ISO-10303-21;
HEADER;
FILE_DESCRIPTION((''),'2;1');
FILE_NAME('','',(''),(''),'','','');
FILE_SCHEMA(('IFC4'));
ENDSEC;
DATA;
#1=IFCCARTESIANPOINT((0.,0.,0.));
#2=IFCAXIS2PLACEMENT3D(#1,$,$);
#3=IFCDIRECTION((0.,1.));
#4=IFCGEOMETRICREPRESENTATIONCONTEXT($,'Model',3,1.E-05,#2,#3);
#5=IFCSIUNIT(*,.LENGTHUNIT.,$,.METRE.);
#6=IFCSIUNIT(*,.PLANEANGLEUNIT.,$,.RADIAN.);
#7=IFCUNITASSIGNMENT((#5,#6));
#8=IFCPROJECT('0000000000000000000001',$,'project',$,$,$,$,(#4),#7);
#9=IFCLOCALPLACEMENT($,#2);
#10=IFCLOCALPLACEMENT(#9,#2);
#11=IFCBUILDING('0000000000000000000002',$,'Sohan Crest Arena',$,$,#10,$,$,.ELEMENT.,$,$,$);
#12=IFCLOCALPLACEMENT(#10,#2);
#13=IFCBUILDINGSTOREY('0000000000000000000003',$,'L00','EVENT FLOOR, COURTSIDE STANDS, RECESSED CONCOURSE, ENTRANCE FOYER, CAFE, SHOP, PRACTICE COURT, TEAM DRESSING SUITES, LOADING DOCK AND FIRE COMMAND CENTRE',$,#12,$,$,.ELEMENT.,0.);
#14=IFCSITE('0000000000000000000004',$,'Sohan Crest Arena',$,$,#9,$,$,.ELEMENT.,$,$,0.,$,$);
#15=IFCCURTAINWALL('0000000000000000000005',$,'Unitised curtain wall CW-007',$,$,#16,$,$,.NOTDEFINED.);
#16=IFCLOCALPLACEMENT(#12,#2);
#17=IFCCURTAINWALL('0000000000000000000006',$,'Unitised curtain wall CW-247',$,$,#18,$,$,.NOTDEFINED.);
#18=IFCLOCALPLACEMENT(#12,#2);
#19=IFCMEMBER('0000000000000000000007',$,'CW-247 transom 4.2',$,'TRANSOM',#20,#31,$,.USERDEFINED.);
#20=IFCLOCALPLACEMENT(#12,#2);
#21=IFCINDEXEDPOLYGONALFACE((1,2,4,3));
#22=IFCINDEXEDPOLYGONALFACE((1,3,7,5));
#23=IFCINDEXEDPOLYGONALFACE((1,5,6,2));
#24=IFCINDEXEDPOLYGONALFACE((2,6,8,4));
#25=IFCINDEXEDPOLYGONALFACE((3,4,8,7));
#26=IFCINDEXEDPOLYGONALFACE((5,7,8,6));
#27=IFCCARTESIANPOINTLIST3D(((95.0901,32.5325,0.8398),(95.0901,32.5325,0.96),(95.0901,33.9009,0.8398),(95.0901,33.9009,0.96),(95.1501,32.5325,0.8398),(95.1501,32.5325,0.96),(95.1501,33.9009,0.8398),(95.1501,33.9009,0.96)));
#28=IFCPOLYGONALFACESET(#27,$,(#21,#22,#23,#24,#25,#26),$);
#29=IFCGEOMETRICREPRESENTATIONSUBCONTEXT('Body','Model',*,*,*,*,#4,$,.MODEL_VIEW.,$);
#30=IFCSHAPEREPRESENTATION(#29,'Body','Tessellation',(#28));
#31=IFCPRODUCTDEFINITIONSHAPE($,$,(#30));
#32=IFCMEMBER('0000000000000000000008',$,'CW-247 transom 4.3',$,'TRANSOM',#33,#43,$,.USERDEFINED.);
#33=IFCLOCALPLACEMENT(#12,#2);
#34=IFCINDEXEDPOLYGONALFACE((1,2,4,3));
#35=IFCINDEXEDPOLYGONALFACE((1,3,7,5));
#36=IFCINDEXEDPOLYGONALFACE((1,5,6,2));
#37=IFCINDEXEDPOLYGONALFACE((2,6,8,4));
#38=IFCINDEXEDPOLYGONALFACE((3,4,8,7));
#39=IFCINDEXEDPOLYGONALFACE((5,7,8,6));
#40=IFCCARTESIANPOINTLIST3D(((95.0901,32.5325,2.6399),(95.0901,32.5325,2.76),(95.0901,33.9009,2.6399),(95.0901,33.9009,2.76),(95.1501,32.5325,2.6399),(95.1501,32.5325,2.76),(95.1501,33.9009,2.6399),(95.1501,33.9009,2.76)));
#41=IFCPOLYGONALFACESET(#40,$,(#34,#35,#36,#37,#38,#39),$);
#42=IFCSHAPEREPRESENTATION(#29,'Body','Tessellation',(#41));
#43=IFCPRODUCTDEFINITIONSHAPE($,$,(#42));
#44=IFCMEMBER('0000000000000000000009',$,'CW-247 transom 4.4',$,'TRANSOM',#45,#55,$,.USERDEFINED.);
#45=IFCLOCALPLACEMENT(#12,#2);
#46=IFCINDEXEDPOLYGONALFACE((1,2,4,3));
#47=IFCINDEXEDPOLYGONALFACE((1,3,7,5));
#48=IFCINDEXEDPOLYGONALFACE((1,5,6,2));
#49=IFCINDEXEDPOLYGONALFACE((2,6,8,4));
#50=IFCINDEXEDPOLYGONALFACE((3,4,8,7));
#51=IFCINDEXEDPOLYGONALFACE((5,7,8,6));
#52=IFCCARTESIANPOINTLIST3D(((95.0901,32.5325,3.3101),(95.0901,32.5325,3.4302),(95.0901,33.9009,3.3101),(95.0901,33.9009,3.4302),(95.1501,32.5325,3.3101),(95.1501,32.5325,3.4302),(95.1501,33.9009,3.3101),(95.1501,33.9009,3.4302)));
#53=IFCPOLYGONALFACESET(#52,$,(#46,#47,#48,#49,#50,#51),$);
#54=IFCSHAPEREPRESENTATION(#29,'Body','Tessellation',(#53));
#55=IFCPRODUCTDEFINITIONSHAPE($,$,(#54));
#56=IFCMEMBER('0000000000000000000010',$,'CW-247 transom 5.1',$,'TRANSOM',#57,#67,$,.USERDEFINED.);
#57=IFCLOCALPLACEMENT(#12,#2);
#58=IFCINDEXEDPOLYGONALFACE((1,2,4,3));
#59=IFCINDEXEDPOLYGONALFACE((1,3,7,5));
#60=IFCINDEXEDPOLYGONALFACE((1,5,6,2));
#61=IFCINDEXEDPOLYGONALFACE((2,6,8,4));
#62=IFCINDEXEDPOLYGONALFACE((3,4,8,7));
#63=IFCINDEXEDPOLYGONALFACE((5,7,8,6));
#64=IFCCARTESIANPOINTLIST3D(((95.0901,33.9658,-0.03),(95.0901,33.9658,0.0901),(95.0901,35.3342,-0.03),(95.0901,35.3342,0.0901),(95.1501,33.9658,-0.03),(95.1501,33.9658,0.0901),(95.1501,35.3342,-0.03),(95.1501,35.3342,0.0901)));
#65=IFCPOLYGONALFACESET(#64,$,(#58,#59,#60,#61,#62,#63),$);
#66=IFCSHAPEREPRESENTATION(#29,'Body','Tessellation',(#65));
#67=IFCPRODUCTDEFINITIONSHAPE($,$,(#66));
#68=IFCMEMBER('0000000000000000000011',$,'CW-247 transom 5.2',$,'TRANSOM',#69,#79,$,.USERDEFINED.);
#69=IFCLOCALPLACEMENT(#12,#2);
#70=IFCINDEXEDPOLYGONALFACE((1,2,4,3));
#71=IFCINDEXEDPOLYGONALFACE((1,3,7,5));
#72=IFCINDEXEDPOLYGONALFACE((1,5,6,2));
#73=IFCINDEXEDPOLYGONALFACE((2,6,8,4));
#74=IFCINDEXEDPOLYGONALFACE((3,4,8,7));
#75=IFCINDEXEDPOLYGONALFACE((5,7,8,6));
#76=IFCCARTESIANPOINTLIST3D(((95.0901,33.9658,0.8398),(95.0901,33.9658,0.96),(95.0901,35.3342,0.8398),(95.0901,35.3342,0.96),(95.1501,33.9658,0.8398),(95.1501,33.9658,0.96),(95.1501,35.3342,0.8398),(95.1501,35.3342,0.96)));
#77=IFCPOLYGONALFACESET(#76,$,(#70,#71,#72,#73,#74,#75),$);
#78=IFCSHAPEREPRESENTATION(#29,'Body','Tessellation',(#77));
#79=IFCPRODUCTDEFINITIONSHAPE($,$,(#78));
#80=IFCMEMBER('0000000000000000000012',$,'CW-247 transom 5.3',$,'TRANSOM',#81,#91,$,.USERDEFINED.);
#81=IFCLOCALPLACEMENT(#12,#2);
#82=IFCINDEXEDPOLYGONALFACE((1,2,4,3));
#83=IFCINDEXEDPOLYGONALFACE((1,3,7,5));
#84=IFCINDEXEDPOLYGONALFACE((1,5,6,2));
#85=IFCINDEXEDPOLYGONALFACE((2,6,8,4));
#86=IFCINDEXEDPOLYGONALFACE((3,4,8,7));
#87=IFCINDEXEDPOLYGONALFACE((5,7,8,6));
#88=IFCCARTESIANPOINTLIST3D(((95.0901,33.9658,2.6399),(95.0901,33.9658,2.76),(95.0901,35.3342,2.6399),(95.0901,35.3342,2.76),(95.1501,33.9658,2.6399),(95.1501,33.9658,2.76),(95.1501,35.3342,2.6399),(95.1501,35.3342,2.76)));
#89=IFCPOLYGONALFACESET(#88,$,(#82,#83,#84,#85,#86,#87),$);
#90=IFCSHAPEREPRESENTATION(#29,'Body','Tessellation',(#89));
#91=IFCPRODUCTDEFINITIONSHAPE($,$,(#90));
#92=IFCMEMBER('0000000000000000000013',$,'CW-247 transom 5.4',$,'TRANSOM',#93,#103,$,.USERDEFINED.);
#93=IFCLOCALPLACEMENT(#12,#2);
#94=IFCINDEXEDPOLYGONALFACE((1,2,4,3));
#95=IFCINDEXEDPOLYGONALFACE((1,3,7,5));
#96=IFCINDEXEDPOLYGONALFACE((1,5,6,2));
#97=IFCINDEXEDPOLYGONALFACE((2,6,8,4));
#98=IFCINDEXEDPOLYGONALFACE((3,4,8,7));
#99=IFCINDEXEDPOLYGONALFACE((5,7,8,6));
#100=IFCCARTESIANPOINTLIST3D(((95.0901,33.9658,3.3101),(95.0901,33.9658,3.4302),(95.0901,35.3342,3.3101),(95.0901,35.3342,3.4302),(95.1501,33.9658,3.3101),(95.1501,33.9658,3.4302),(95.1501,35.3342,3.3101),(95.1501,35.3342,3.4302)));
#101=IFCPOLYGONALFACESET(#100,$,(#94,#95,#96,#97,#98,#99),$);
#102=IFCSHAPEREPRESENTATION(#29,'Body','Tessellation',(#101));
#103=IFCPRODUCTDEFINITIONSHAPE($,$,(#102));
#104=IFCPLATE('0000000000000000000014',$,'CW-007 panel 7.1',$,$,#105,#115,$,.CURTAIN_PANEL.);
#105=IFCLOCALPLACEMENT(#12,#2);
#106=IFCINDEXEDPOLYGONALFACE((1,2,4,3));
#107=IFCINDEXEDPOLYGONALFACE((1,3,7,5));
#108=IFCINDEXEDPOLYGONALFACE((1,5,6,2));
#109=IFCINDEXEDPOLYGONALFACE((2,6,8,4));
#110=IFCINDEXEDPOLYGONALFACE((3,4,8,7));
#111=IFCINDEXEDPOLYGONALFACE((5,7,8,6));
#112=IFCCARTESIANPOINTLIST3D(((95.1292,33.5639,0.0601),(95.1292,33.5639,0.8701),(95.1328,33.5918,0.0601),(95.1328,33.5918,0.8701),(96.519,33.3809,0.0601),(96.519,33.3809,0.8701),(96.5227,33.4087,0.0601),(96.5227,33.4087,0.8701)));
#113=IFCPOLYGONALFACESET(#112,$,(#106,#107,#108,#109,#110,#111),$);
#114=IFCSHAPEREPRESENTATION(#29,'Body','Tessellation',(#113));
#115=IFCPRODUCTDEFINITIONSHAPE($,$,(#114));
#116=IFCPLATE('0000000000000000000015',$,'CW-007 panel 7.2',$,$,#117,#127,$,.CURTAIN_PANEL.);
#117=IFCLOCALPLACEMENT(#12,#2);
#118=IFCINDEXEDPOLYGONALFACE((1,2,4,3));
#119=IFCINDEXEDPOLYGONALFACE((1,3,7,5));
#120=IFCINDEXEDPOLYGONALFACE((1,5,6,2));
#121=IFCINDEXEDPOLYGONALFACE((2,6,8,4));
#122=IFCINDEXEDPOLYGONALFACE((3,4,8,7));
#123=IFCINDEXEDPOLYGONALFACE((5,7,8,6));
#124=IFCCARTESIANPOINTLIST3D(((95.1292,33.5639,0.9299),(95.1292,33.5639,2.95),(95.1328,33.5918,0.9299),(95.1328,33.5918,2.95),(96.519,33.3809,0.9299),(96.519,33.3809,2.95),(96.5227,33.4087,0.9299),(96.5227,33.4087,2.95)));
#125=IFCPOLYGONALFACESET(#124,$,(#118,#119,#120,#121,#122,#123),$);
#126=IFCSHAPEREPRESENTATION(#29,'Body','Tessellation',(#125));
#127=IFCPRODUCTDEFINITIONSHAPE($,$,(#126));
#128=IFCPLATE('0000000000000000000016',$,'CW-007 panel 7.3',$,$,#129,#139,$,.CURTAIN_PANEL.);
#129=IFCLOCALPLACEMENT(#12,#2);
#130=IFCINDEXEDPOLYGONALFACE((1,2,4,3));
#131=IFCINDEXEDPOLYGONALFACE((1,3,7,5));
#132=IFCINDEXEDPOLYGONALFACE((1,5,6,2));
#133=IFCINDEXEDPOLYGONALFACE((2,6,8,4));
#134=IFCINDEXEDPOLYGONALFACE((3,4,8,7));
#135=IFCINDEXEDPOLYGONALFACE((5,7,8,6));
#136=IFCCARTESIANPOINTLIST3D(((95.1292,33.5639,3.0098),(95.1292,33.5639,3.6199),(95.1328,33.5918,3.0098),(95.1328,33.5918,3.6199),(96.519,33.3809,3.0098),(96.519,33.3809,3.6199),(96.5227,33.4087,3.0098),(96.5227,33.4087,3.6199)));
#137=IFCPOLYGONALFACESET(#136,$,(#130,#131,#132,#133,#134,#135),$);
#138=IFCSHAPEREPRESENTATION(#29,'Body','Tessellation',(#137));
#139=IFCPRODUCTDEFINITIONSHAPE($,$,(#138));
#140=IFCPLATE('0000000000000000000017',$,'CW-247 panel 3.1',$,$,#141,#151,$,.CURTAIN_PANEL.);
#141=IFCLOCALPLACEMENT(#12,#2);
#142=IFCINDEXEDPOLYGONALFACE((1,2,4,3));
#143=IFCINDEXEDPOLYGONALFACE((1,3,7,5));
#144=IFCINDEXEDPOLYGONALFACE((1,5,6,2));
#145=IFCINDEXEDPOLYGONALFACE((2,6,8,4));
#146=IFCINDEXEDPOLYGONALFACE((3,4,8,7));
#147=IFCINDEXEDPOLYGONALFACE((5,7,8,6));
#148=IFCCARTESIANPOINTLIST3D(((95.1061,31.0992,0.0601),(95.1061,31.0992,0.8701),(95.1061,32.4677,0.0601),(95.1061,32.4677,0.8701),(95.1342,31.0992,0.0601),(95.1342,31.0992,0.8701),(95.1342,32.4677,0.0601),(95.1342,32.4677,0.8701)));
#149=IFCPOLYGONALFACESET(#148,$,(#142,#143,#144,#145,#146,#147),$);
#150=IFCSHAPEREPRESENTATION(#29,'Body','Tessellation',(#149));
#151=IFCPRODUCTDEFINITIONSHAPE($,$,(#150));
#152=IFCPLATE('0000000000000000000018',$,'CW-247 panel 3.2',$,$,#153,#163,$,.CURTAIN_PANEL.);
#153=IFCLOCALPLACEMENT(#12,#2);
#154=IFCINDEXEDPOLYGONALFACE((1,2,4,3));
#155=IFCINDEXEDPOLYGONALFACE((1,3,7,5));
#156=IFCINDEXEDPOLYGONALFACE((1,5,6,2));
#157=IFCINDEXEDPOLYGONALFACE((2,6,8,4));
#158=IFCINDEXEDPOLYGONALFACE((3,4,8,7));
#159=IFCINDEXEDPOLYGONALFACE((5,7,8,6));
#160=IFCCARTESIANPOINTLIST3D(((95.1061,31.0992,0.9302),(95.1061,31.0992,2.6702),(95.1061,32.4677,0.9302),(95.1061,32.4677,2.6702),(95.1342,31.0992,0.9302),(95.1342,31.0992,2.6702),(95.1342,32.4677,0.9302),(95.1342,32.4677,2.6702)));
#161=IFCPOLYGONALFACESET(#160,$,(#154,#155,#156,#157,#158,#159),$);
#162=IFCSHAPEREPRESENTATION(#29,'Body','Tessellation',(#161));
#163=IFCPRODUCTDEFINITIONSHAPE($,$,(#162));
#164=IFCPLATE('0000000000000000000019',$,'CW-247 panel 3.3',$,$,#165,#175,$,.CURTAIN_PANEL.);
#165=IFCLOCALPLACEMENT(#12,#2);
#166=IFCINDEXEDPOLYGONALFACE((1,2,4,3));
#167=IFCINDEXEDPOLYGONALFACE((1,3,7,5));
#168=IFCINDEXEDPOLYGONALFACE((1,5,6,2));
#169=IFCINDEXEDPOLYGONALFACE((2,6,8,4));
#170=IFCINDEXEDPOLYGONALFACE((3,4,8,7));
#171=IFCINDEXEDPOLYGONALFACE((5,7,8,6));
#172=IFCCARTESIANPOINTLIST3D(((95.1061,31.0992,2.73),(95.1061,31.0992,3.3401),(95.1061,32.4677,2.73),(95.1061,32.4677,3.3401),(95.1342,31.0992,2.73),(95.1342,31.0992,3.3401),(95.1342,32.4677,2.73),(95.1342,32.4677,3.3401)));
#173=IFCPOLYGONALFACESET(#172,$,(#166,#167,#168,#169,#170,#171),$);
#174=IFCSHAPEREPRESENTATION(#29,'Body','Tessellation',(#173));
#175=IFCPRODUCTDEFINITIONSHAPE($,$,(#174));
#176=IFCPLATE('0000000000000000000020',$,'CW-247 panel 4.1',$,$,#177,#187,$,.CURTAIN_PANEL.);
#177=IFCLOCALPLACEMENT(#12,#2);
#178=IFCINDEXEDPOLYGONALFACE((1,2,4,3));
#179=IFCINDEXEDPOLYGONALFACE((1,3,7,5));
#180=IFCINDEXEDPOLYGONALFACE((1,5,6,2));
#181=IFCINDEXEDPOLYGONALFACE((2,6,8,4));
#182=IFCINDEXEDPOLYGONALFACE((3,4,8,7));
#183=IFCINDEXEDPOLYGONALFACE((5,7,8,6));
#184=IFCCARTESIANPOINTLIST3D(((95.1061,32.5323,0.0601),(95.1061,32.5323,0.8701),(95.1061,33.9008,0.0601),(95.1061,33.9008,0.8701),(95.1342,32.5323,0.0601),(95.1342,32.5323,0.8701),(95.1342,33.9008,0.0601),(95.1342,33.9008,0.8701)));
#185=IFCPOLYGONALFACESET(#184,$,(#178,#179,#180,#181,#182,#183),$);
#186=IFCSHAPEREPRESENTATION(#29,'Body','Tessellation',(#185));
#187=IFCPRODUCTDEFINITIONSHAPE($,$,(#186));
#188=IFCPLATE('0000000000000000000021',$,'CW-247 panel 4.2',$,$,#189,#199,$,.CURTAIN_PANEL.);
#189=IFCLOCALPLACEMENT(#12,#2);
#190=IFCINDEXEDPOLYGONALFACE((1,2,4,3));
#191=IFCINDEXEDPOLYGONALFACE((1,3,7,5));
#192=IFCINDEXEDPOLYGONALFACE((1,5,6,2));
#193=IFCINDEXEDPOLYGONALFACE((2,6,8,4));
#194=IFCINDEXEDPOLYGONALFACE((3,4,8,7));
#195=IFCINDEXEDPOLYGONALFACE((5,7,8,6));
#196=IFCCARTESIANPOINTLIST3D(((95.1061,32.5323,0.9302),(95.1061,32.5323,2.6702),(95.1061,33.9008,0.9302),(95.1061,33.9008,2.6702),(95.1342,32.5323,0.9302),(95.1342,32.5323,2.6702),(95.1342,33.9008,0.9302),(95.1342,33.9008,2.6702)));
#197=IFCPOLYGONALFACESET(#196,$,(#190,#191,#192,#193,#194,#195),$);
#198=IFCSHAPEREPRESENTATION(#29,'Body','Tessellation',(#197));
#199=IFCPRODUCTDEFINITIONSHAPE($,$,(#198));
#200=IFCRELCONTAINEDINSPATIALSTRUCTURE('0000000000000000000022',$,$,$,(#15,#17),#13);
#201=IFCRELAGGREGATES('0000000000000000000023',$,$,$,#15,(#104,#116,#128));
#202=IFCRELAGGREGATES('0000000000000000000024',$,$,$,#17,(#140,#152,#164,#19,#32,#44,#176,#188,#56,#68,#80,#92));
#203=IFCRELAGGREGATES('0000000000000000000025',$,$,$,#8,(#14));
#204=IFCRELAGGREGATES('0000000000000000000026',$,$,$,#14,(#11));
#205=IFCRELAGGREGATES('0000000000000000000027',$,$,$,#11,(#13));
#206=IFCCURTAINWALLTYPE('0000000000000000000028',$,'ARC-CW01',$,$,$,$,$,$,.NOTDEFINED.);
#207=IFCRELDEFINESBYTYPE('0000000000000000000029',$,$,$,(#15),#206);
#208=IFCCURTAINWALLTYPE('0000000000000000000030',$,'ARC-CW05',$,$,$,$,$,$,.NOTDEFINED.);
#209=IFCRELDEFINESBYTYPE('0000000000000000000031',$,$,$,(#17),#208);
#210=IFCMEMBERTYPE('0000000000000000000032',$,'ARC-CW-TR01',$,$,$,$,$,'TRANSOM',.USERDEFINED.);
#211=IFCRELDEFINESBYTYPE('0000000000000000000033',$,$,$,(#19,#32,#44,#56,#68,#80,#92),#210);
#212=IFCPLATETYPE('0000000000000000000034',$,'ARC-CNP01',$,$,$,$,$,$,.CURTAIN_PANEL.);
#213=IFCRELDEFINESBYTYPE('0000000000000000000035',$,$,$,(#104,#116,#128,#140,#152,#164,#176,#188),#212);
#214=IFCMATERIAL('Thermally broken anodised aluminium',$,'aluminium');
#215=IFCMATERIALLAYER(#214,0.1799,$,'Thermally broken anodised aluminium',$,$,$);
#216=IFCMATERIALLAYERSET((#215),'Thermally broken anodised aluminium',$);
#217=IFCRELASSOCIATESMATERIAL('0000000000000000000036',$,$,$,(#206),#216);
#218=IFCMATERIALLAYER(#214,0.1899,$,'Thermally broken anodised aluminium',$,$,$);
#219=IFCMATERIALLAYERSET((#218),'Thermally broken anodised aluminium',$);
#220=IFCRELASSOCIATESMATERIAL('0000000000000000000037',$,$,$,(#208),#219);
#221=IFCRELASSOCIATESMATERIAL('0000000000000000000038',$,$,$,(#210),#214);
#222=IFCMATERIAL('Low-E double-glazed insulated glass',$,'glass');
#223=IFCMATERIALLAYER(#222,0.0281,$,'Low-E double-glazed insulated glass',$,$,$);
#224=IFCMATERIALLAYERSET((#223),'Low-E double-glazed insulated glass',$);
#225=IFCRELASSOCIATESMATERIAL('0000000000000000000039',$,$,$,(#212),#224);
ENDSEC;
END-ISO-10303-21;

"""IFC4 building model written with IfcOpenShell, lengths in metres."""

from ifc_helpers import new_model, si_unit, direction, frame, origin, origin_2d, place, context, subcontext, project, spatial, rectangle, extrude, material, layer, layer_set, material_profile, profile_set, type_object, element, aggregate, save


model = new_model("IFC4")

# Units and contexts
model_context = context("Model", 3, precision=1e-05, world=origin(), true_north=direction((0.0, 1.0)))
body_context = subcontext(model_context, "Body", "Model", "MODEL_VIEW")
ifc_project = project(units=[si_unit("LENGTHUNIT", "METRE"), si_unit("PLANEANGLEUNIT", "RADIAN")], contexts=[model_context])

# Site, building, storey
site_placement = place(None, origin())
site = spatial("IfcSite", under=ifc_project, at=site_placement, Name="Sohan Crest Arena", CompositionType="ELEMENT", RefElevation=0.0)
building_placement = place(site_placement, origin())
building = spatial("IfcBuilding", under=site, at=building_placement, Name="Sohan Crest Arena", CompositionType="ELEMENT")
storey_placement = place(building_placement, origin())
storey = spatial("IfcBuildingStorey", under=building, at=storey_placement, Name="L00", Description="EVENT FLOOR, COURTSIDE STANDS, RECESSED CONCOURSE, ENTRANCE FOYER, CAFE, SHOP, PRACTICE COURT, TEAM DRESSING SUITES, LOADING DOCK AND FIRE COMMAND CENTRE", CompositionType="ELEMENT", Elevation=0.0)

# Curtain wall
ifc_material_1 = material(Name="Thermally broken anodised aluminium", Category="aluminium")
ifc_layer_1 = layer(ifc_material_1, 0.1799, Name="Thermally broken anodised aluminium")
ifc_layer_set_1 = layer_set([ifc_layer_1], Name="Thermally broken anodised aluminium")
curtain_wall_type_1 = type_object("IfcCurtainWallType", Name="ARC-CW01", PredefinedType="NOTDEFINED", material=ifc_layer_set_1)
curtain_wall_1_placement = place(storey_placement, origin())
curtain_wall_1 = element("IfcCurtainWall", 1, at=curtain_wall_1_placement, inside=storey, type_object=curtain_wall_type_1, Name="Unitised curtain wall CW-007", PredefinedType="NOTDEFINED")

# Curtain wall
ifc_layer_2 = layer(ifc_material_1, 0.1899, Name="Thermally broken anodised aluminium")
ifc_layer_set_2 = layer_set([ifc_layer_2], Name="Thermally broken anodised aluminium")
curtain_wall_type_2 = type_object("IfcCurtainWallType", Name="ARC-CW05", PredefinedType="NOTDEFINED", material=ifc_layer_set_2)
curtain_wall_2_placement = place(storey_placement, origin())
curtain_wall_2 = element("IfcCurtainWall", 2, at=curtain_wall_2_placement, inside=storey, type_object=curtain_wall_type_2, Name="Unitised curtain wall CW-247", PredefinedType="NOTDEFINED")

# Members
ifc_material_profile_1 = material_profile(ifc_material_1, rectangle(XDim=0.0601, YDim=0.1201, at=origin_2d()), Name="ALU-TRAN 60x120")
ifc_profile_set_1 = profile_set([ifc_material_profile_1], Name="Thermally broken anodised aluminium")
member_type_1 = type_object("IfcMemberType", Name="ARC-CW-TR01", ElementType="TRANSOM", PredefinedType="USERDEFINED", material=ifc_profile_set_1)
member_1_placement = place(storey_placement, frame((95.1201, 32.5325, 0.8999), z_axis=(0.0, 1.0, 0.0), x_axis=(-1.0, 0.0, 0.0)))
member_1 = element("IfcMember", 3, at=member_1_placement, type_object=member_type_1, Name="CW-247 transom 4.2", ObjectType="TRANSOM", PredefinedType="USERDEFINED", context=body_context, shape_type="SweptSolid", body=[
    extrude(rectangle(XDim=0.0601, YDim=0.1201, at=origin_2d()), origin(), (0.0, 0.0, 1.0), 1.3684),
])
member_2_placement = place(storey_placement, frame((95.1201, 32.5325, 2.7), z_axis=(0.0, 1.0, 0.0), x_axis=(-1.0, 0.0, 0.0)))
member_2 = element("IfcMember", 4, at=member_2_placement, type_object=member_type_1, Name="CW-247 transom 4.3", ObjectType="TRANSOM", PredefinedType="USERDEFINED", context=body_context, shape_type="SweptSolid", body=[
    extrude(rectangle(XDim=0.0601, YDim=0.1201, at=origin_2d()), origin(), (0.0, 0.0, 1.0), 1.3684),
])
member_3_placement = place(storey_placement, frame((95.1201, 32.5325, 3.3701), z_axis=(0.0, 1.0, 0.0), x_axis=(-1.0, 0.0, 0.0)))
member_3 = element("IfcMember", 5, at=member_3_placement, type_object=member_type_1, Name="CW-247 transom 4.4", ObjectType="TRANSOM", PredefinedType="USERDEFINED", context=body_context, shape_type="SweptSolid", body=[
    extrude(rectangle(XDim=0.0601, YDim=0.1201, at=origin_2d()), origin(), (0.0, 0.0, 1.0), 1.3684),
])
member_4_placement = place(storey_placement, frame((95.1201, 33.9658, 0.03), z_axis=(0.0, 1.0, 0.0), x_axis=(-1.0, 0.0, 0.0)))
member_4 = element("IfcMember", 6, at=member_4_placement, type_object=member_type_1, Name="CW-247 transom 5.1", ObjectType="TRANSOM", PredefinedType="USERDEFINED", context=body_context, shape_type="SweptSolid", body=[
    extrude(rectangle(XDim=0.0601, YDim=0.1201, at=origin_2d()), origin(), (0.0, 0.0, 1.0), 1.3684),
])
member_5_placement = place(storey_placement, frame((95.1201, 33.9658, 0.8999), z_axis=(0.0, 1.0, 0.0), x_axis=(-1.0, 0.0, 0.0)))
member_5 = element("IfcMember", 7, at=member_5_placement, type_object=member_type_1, Name="CW-247 transom 5.2", ObjectType="TRANSOM", PredefinedType="USERDEFINED", context=body_context, shape_type="SweptSolid", body=[
    extrude(rectangle(XDim=0.0601, YDim=0.1201, at=origin_2d()), origin(), (0.0, 0.0, 1.0), 1.3684),
])
member_6_placement = place(storey_placement, frame((95.1201, 33.9658, 2.7), z_axis=(0.0, 1.0, 0.0), x_axis=(-1.0, 0.0, 0.0)))
member_6 = element("IfcMember", 8, at=member_6_placement, type_object=member_type_1, Name="CW-247 transom 5.3", ObjectType="TRANSOM", PredefinedType="USERDEFINED", context=body_context, shape_type="SweptSolid", body=[
    extrude(rectangle(XDim=0.0601, YDim=0.1201, at=origin_2d()), origin(), (0.0, 0.0, 1.0), 1.3684),
])
member_7_placement = place(storey_placement, frame((95.1201, 33.9658, 3.3701), z_axis=(0.0, 1.0, 0.0), x_axis=(-1.0, 0.0, 0.0)))
member_7 = element("IfcMember", 9, at=member_7_placement, type_object=member_type_1, Name="CW-247 transom 5.4", ObjectType="TRANSOM", PredefinedType="USERDEFINED", context=body_context, shape_type="SweptSolid", body=[
    extrude(rectangle(XDim=0.0601, YDim=0.1201, at=origin_2d()), origin(), (0.0, 0.0, 1.0), 1.3684),
])

# Plates
ifc_material_2 = material(Name="Low-E double-glazed insulated glass", Category="glass")
ifc_layer_3 = layer(ifc_material_2, 0.0281, Name="Low-E double-glazed insulated glass")
ifc_layer_set_3 = layer_set([ifc_layer_3], Name="Low-E double-glazed insulated glass")
plate_type = type_object("IfcPlateType", Name="ARC-CNP01", PredefinedType="CURTAIN_PANEL", material=ifc_layer_set_3)
plate_1_placement = place(storey_placement, frame((95.8259, 33.4863, 0.0601), z_axis=(0.0, 0.0, 1.0), x_axis=(0.991439, -0.130567, 0.0)))
plate_1 = element("IfcPlate", 10, at=plate_1_placement, type_object=plate_type, Name="CW-007 panel 7.1", PredefinedType="CURTAIN_PANEL", context=body_context, shape_type="SweptSolid", body=[
    extrude(rectangle(XDim=1.4019, YDim=0.0281, at=origin_2d()), origin(), (0.0, 0.0, 1.0), 0.8101),
])
plate_2_placement = place(storey_placement, frame((95.8259, 33.4863, 0.9299), z_axis=(0.0, 0.0, 1.0), x_axis=(0.991439, -0.130567, 0.0)))
plate_2 = element("IfcPlate", 11, at=plate_2_placement, type_object=plate_type, Name="CW-007 panel 7.2", PredefinedType="CURTAIN_PANEL", context=body_context, shape_type="SweptSolid", body=[
    extrude(rectangle(XDim=1.4019, YDim=0.0281, at=origin_2d()), origin(), (0.0, 0.0, 1.0), 2.02),
])
plate_3_placement = place(storey_placement, frame((95.8259, 33.4863, 3.0098), z_axis=(0.0, 0.0, 1.0), x_axis=(0.991439, -0.130567, 0.0)))
plate_3 = element("IfcPlate", 12, at=plate_3_placement, type_object=plate_type, Name="CW-007 panel 7.3", PredefinedType="CURTAIN_PANEL", context=body_context, shape_type="SweptSolid", body=[
    extrude(rectangle(XDim=1.4019, YDim=0.0281, at=origin_2d()), origin(), (0.0, 0.0, 1.0), 0.6101),
])
aggregate(curtain_wall_1, [plate_1, plate_2, plate_3])
plate_4_placement = place(storey_placement, frame((95.1201, 31.7834, 0.0601), z_axis=(0.0, 0.0, 1.0), x_axis=(0.0, 1.0, 0.0)))
plate_4 = element("IfcPlate", 13, at=plate_4_placement, type_object=plate_type, Name="CW-247 panel 3.1", PredefinedType="CURTAIN_PANEL", context=body_context, shape_type="SweptSolid", body=[
    extrude(rectangle(XDim=1.3684, YDim=0.0281, at=origin_2d()), origin(), (0.0, 0.0, 1.0), 0.8101),
])
plate_5_placement = place(storey_placement, frame((95.1201, 31.7834, 0.9302), z_axis=(0.0, 0.0, 1.0), x_axis=(0.0, 1.0, 0.0)))
plate_5 = element("IfcPlate", 14, at=plate_5_placement, type_object=plate_type, Name="CW-247 panel 3.2", PredefinedType="CURTAIN_PANEL", context=body_context, shape_type="SweptSolid", body=[
    extrude(rectangle(XDim=1.3684, YDim=0.0281, at=origin_2d()), origin(), (0.0, 0.0, 1.0), 1.74),
])
plate_6_placement = place(storey_placement, frame((95.1201, 31.7834, 2.73), z_axis=(0.0, 0.0, 1.0), x_axis=(0.0, 1.0, 0.0)))
plate_6 = element("IfcPlate", 15, at=plate_6_placement, type_object=plate_type, Name="CW-247 panel 3.3", PredefinedType="CURTAIN_PANEL", context=body_context, shape_type="SweptSolid", body=[
    extrude(rectangle(XDim=1.3684, YDim=0.0281, at=origin_2d()), origin(), (0.0, 0.0, 1.0), 0.6101),
])
plate_7_placement = place(storey_placement, frame((95.1201, 33.2166, 0.0601), z_axis=(0.0, 0.0, 1.0), x_axis=(0.0, 1.0, 0.0)))
plate_7 = element("IfcPlate", 16, at=plate_7_placement, type_object=plate_type, Name="CW-247 panel 4.1", PredefinedType="CURTAIN_PANEL", context=body_context, shape_type="SweptSolid", body=[
    extrude(rectangle(XDim=1.3684, YDim=0.0281, at=origin_2d()), origin(), (0.0, 0.0, 1.0), 0.8101),
])
plate_8_placement = place(storey_placement, frame((95.1201, 33.2166, 0.9302), z_axis=(0.0, 0.0, 1.0), x_axis=(0.0, 1.0, 0.0)))
plate_8 = element("IfcPlate", 17, at=plate_8_placement, type_object=plate_type, Name="CW-247 panel 4.2", PredefinedType="CURTAIN_PANEL", context=body_context, shape_type="SweptSolid", body=[
    extrude(rectangle(XDim=1.3684, YDim=0.0281, at=origin_2d()), origin(), (0.0, 0.0, 1.0), 1.74),
])
aggregate(curtain_wall_2, [plate_4, plate_5, plate_6, member_1, member_2, member_3, plate_7, plate_8, member_4, member_5, member_6, member_7])

save(model, "model.ifc")
